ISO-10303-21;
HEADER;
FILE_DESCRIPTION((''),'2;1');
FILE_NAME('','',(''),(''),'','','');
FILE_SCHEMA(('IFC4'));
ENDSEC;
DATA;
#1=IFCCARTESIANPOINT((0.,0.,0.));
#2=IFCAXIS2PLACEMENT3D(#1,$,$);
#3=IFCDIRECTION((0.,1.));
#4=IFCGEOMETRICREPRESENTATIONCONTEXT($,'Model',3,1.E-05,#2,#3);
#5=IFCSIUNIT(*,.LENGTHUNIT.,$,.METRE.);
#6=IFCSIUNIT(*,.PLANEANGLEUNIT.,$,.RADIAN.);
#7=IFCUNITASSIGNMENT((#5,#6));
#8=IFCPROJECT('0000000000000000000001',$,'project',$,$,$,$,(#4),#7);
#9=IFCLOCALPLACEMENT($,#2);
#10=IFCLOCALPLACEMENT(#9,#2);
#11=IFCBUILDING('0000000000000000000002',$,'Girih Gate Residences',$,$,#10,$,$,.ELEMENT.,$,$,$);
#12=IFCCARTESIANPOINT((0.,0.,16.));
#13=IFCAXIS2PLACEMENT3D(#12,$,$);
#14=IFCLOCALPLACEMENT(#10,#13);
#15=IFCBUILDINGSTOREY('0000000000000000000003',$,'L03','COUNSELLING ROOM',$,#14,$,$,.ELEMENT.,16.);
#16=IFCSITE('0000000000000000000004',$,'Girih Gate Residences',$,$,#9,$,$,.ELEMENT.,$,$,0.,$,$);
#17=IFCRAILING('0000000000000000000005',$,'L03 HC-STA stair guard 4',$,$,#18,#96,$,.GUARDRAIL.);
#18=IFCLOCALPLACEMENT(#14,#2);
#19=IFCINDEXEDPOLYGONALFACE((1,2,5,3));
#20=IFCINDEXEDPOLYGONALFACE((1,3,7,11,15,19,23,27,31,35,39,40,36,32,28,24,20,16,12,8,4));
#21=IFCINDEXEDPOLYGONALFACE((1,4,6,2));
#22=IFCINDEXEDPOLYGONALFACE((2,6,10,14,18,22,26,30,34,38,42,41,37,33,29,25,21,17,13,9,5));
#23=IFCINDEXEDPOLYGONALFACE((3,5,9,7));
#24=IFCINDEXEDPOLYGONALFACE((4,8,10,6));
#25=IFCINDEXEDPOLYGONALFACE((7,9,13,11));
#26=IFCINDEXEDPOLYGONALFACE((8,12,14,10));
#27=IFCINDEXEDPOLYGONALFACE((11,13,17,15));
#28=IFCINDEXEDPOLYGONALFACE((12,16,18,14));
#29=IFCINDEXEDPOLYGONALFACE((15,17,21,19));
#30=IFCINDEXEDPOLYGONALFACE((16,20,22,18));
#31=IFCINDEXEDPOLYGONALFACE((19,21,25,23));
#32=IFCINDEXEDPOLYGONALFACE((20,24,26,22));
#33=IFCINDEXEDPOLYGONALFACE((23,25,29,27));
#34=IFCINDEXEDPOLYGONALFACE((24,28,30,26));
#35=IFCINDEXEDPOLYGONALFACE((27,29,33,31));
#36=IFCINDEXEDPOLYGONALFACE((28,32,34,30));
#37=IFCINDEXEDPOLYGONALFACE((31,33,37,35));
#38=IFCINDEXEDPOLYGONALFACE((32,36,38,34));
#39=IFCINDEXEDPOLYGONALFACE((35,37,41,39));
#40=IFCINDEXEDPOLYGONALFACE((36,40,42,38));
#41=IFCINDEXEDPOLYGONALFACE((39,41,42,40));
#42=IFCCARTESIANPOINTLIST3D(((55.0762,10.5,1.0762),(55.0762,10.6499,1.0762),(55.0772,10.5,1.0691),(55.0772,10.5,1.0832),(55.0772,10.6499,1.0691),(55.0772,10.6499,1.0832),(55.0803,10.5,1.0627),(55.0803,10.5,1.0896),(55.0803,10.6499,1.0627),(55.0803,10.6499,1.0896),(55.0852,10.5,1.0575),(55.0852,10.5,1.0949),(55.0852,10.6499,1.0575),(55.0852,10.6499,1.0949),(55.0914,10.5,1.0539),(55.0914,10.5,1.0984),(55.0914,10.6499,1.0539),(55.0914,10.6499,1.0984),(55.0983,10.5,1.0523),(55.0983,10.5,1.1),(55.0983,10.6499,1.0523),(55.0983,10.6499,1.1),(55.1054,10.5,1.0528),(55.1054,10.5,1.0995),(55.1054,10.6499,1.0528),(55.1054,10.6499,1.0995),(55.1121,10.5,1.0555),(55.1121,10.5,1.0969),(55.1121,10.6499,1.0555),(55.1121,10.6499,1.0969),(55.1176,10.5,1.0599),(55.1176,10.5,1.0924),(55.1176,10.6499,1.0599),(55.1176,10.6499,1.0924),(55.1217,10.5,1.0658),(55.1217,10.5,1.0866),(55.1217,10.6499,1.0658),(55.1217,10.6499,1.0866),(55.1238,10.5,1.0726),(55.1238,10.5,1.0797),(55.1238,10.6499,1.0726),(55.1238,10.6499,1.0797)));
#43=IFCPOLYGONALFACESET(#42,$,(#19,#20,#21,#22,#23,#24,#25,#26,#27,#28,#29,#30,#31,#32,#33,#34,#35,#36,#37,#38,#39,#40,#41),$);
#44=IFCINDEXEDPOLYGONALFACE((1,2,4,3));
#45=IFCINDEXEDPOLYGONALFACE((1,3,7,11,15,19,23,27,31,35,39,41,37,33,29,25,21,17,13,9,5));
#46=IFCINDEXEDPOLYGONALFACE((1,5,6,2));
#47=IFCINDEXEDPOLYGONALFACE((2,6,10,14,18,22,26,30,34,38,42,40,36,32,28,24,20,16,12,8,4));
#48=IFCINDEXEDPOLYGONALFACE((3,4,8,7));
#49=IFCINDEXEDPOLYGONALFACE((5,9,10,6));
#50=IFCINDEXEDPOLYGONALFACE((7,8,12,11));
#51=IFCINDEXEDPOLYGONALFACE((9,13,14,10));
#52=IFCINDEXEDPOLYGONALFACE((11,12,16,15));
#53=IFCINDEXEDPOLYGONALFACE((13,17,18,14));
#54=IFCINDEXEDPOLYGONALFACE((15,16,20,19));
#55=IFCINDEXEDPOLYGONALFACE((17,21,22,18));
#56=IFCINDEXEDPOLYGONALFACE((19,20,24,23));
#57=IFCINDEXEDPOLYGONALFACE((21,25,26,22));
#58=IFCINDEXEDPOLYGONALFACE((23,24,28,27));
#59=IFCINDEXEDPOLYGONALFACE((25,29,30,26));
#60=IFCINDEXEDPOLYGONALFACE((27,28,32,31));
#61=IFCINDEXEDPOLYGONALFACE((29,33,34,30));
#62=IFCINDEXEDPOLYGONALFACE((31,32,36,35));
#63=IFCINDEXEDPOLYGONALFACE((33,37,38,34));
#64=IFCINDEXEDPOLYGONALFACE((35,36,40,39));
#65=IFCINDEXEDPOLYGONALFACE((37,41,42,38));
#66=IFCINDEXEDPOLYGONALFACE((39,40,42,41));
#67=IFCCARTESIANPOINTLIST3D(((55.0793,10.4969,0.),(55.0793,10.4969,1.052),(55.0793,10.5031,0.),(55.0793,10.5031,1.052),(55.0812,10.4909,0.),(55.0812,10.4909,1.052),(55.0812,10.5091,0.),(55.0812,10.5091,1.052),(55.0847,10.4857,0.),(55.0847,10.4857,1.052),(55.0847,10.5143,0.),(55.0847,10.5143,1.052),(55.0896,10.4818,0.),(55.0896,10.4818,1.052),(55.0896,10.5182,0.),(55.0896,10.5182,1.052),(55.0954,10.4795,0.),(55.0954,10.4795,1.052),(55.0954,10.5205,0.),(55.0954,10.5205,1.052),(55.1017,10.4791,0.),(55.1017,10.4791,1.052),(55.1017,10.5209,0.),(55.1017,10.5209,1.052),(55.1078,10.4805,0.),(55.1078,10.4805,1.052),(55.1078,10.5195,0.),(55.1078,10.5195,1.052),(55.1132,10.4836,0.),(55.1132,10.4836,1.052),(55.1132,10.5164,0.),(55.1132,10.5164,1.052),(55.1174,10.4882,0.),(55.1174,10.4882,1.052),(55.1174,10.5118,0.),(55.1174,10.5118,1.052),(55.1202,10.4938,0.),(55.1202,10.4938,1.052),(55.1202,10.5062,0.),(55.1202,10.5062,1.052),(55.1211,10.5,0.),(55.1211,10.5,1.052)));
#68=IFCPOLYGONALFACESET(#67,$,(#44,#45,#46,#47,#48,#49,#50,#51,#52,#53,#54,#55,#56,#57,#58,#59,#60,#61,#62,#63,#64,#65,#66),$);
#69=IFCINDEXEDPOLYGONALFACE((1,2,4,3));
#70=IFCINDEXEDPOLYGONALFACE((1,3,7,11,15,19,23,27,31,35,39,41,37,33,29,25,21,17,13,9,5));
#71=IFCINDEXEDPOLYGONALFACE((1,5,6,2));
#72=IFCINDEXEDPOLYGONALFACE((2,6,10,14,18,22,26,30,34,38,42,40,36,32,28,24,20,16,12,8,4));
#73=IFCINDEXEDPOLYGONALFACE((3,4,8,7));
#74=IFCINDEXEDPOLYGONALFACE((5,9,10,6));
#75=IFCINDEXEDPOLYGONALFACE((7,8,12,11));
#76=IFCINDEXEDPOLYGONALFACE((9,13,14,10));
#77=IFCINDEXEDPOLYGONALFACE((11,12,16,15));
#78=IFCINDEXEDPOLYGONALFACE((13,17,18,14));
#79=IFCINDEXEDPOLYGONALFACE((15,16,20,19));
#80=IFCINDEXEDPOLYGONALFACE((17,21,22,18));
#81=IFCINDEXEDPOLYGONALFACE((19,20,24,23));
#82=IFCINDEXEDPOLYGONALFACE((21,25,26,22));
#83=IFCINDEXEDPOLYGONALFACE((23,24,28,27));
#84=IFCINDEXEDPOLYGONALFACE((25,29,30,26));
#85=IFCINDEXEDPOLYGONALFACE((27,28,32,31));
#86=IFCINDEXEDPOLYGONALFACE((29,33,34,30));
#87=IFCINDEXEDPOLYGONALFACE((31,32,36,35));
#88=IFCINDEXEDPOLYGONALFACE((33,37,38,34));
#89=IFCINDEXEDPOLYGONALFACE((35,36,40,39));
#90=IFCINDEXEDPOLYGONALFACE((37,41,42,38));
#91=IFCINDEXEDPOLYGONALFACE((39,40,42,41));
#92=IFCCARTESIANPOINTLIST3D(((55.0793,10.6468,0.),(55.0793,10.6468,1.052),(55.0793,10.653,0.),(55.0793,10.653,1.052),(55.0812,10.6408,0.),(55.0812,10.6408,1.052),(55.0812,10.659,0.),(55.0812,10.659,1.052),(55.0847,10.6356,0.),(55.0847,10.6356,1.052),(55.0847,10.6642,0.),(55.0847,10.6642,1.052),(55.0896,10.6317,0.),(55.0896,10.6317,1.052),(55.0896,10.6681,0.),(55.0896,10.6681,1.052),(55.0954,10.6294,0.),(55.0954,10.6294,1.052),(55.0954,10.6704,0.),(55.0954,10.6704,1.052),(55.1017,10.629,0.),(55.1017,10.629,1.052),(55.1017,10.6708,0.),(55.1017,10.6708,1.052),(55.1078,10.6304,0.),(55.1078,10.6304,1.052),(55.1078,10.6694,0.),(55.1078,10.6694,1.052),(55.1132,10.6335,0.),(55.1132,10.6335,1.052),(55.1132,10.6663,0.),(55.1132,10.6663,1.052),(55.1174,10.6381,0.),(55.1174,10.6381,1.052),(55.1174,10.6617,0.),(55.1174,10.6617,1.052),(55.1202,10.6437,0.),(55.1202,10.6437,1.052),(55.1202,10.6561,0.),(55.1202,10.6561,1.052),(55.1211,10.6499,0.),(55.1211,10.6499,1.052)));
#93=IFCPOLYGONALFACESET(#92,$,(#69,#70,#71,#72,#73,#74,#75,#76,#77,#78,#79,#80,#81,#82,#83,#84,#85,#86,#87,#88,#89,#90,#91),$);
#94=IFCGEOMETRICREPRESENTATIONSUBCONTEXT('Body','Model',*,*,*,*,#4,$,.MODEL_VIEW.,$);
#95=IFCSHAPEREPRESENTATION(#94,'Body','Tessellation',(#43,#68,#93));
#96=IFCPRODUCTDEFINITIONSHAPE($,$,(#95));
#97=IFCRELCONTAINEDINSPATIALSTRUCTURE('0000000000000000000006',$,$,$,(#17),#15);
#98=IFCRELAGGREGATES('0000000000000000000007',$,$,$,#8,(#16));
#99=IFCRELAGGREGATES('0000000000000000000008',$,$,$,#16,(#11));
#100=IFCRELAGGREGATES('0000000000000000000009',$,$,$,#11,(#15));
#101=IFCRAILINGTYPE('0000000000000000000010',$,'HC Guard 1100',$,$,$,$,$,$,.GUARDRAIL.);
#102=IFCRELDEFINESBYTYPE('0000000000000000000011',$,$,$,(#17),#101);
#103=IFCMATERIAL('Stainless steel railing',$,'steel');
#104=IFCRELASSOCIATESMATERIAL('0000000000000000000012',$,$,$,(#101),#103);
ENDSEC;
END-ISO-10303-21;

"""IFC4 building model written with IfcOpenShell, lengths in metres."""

from ifc_helpers import new_model, si_unit, direction, frame, origin, origin_2d, place, context, subcontext, project, spatial, circle, extrude, material, type_object, element, save


model = new_model("IFC4")

# Units and contexts
model_context = context("Model", 3, precision=1e-05, world=origin(), true_north=direction((0.0, 1.0)))
body_context = subcontext(model_context, "Body", "Model", "MODEL_VIEW")
ifc_project = project(units=[si_unit("LENGTHUNIT", "METRE"), si_unit("PLANEANGLEUNIT", "RADIAN")], contexts=[model_context])

# Site, building, storey
site_placement = place(None, origin())
site = spatial("IfcSite", under=ifc_project, at=site_placement, Name="Girih Gate Residences", CompositionType="ELEMENT", RefElevation=0.0)
building_placement = place(site_placement, origin())
building = spatial("IfcBuilding", under=site, at=building_placement, Name="Girih Gate Residences", CompositionType="ELEMENT")
storey_placement = place(building_placement, frame((0.0, 0.0, 16.0)))
storey = spatial("IfcBuildingStorey", under=building, at=storey_placement, Name="L03", Description="COUNSELLING ROOM", CompositionType="ELEMENT", Elevation=16.0)

# Railing
ifc_material_1 = material(Name="Stainless steel railing", Category="steel")
railing_type_1 = type_object("IfcRailingType", Name="HC Guard 1100", PredefinedType="GUARDRAIL", material=ifc_material_1)
railing_1_placement = place(storey_placement, frame((55.1001, 10.5, 0.0)))
element("IfcRailing", 1, at=railing_1_placement, inside=storey, type_object=railing_type_1, Name="L03 HC-STA stair guard 4", PredefinedType="GUARDRAIL", context=body_context, shape_type="SweptSolid", body=[
    extrude(circle(Radius=0.0239, at=origin_2d()), frame((0.0, 0.0, 1.0762), z_axis=(0.0, 1.0, 0.0), x_axis=(-1.0, 0.0, 0.0)), (0.0, 0.0, 1.0), 0.1499),
    extrude(circle(Radius=0.021, at=origin_2d()), origin(), (0.0, 0.0, 1.0), 1.052),
    extrude(circle(Radius=0.021, at=origin_2d()), frame((0.0, 0.1499, 0.0)), (0.0, 0.0, 1.0), 1.052),
])

save(model, "model.ifc")
